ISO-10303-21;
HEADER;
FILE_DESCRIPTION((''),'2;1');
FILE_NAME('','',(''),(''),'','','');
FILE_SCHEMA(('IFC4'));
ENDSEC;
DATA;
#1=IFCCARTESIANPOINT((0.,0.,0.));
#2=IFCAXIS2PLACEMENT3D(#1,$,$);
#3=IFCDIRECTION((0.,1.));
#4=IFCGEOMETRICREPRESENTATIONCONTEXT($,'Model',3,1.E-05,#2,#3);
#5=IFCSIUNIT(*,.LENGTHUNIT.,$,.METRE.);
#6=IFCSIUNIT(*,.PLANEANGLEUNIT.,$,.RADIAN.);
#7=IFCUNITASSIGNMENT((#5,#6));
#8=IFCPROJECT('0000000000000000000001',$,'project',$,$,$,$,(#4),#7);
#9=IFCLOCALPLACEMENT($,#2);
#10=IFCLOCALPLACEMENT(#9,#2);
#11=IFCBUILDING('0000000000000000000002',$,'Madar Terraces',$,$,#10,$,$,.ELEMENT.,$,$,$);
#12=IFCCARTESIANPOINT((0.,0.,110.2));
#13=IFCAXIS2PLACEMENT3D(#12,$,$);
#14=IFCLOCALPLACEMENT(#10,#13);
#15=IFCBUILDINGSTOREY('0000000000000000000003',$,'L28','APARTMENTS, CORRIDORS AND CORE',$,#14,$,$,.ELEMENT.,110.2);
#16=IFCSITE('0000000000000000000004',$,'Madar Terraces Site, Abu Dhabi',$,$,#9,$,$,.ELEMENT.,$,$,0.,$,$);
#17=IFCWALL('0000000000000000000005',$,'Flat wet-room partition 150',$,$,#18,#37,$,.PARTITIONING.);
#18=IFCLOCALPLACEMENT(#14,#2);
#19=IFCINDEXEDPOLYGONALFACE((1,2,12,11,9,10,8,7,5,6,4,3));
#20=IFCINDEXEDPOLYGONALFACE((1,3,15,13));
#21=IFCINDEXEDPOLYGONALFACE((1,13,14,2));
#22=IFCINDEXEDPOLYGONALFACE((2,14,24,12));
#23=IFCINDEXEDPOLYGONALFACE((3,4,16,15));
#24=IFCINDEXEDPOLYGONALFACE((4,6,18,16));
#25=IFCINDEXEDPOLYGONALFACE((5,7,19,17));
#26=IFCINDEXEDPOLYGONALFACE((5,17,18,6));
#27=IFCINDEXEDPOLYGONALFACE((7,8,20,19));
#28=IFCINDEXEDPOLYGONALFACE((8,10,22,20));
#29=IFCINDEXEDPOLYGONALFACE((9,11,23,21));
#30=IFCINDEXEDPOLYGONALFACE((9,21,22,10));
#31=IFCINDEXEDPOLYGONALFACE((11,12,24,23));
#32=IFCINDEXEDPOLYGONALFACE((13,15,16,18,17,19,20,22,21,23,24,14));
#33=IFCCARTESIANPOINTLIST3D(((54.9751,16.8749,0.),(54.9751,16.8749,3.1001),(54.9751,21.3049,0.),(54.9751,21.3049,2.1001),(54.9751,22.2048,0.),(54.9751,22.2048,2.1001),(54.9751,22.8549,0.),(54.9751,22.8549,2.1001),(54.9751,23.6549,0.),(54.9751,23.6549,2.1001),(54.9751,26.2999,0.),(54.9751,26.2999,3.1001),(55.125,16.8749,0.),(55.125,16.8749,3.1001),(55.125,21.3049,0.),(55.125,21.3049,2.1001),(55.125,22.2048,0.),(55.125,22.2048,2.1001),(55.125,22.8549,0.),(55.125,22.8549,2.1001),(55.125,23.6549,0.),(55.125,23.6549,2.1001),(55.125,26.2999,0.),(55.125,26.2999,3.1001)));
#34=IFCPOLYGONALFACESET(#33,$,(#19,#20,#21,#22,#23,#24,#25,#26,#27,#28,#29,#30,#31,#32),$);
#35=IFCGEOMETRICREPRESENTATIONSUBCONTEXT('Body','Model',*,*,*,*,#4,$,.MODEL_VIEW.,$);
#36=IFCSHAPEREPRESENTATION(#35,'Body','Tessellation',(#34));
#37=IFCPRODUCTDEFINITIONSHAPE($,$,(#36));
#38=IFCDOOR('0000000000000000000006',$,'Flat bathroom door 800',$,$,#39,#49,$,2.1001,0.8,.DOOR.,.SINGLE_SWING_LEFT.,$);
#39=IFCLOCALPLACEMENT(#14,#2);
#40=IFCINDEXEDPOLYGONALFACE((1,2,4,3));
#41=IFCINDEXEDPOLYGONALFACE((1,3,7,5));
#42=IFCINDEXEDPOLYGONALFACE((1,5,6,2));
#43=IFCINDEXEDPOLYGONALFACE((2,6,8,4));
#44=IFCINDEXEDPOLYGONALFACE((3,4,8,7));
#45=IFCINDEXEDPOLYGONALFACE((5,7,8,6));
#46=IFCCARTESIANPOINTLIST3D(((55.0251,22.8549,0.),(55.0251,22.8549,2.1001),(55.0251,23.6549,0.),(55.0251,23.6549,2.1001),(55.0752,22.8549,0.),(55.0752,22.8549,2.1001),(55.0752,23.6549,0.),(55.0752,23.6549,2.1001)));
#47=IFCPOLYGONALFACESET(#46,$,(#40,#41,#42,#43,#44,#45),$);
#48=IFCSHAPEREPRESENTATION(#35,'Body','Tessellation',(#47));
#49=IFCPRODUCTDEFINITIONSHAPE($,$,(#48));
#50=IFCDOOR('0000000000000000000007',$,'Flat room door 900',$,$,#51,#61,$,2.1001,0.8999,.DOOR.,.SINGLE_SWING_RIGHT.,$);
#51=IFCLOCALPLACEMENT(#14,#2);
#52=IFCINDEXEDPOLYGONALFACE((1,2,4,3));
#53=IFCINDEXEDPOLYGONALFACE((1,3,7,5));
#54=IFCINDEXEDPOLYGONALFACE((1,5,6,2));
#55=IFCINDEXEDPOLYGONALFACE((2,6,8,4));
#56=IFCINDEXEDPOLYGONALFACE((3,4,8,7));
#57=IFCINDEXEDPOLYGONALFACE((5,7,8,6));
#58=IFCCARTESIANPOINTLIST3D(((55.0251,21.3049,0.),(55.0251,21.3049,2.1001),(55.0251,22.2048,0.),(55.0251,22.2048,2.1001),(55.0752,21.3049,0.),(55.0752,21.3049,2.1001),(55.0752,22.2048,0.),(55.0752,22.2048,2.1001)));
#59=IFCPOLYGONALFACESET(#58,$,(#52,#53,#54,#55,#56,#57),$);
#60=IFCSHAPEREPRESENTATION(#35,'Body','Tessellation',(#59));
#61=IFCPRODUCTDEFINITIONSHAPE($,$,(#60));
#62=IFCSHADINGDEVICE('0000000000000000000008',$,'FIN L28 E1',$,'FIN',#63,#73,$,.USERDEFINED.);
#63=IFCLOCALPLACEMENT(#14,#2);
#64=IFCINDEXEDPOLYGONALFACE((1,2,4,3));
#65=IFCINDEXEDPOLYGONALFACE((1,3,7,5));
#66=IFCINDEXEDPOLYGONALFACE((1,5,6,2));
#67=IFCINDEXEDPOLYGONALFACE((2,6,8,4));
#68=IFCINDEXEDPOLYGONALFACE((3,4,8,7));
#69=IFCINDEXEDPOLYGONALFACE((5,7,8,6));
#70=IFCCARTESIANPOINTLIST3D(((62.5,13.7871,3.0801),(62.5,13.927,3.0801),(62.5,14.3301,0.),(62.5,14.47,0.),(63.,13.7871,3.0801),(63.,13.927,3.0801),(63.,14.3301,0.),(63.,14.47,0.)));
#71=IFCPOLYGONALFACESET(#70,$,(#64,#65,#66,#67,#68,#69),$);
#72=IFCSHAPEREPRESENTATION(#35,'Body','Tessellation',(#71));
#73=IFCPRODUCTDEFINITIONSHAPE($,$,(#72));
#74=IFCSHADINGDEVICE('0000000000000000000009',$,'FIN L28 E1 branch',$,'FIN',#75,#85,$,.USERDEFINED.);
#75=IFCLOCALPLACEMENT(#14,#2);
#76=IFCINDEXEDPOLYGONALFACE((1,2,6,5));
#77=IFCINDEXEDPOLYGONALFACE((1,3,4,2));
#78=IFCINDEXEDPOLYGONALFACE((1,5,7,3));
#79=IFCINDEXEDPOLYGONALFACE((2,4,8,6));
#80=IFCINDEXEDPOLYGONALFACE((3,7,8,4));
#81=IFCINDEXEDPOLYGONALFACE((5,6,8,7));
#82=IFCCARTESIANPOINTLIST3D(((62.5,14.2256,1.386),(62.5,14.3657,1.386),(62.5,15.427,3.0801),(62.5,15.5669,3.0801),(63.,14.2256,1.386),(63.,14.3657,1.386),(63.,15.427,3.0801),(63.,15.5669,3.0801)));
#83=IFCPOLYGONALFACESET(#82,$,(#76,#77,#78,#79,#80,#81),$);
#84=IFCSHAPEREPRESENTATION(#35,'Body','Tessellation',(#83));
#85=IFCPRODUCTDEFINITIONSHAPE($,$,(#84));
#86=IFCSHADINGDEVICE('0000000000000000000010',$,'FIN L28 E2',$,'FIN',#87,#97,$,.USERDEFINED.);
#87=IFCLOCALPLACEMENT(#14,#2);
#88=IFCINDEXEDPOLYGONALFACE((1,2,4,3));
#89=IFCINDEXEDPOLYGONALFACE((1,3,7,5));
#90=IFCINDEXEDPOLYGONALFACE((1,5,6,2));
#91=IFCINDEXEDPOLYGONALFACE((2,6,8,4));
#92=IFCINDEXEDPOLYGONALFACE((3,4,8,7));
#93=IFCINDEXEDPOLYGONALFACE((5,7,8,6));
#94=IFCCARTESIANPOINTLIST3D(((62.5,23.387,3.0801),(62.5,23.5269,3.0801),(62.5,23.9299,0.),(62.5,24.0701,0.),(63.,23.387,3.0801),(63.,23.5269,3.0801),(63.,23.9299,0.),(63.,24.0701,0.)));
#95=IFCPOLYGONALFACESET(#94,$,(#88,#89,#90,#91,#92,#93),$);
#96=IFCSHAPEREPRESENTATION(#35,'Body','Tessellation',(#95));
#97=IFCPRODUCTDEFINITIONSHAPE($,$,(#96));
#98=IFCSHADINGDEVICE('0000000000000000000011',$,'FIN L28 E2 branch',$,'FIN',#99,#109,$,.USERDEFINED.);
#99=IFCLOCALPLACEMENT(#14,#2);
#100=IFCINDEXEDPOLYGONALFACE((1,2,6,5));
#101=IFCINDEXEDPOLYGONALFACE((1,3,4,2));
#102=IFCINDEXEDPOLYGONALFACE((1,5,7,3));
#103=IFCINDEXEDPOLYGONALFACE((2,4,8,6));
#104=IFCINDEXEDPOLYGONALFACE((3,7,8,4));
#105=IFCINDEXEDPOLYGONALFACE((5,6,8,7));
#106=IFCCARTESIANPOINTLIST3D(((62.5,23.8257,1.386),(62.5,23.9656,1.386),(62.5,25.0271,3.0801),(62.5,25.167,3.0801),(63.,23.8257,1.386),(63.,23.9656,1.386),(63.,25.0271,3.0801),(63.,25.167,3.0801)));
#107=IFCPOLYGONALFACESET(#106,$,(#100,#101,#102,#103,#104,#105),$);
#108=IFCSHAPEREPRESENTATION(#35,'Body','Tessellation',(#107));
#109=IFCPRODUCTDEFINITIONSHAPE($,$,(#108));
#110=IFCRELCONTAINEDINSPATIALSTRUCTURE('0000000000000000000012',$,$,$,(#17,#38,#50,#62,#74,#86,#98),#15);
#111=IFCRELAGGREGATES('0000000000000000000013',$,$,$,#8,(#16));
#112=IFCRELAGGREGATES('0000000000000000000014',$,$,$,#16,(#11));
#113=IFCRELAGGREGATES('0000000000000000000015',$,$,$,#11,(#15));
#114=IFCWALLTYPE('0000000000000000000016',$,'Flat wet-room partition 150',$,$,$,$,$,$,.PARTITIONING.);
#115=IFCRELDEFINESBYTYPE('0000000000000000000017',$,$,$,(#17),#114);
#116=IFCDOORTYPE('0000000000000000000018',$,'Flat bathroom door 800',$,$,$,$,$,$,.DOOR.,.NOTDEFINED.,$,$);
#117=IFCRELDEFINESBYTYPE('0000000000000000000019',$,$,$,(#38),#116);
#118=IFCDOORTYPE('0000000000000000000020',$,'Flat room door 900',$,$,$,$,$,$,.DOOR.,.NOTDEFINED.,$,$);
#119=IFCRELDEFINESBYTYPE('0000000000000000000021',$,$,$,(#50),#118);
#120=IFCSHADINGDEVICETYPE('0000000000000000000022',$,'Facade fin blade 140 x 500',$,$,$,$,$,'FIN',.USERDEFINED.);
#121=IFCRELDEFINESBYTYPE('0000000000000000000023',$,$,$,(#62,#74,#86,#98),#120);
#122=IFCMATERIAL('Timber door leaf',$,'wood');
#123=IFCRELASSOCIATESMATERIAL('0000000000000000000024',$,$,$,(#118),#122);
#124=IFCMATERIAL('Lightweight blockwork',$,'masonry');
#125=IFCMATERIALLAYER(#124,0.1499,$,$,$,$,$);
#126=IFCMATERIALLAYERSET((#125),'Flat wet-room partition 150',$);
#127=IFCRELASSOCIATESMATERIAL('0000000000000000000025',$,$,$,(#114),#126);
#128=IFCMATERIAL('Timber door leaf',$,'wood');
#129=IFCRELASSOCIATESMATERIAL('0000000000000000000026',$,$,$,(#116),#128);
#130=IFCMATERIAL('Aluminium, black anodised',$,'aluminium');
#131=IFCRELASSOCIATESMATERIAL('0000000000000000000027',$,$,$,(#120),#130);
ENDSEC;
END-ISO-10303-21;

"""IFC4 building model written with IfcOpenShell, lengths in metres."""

from ifc_helpers import new_model, si_unit, direction, frame, frame_2d, origin, place, context, subcontext, project, spatial, polyline, rectangle, outline, extrude, material, layer, layer_set, type_object, element, fill, save


model = new_model("IFC4")

# Units and contexts
model_context = context("Model", 3, precision=1e-05, world=origin(), true_north=direction((0.0, 1.0)))
body_context = subcontext(model_context, "Body", "Model", "MODEL_VIEW")
ifc_project = project(units=[si_unit("LENGTHUNIT", "METRE"), si_unit("PLANEANGLEUNIT", "RADIAN")], contexts=[model_context])

# Site, building, storey
site_placement = place(None, origin())
site = spatial("IfcSite", under=ifc_project, at=site_placement, Name="Madar Terraces Site, Abu Dhabi", CompositionType="ELEMENT", RefElevation=0.0)
building_placement = place(site_placement, origin())
building = spatial("IfcBuilding", under=site, at=building_placement, Name="Madar Terraces", CompositionType="ELEMENT")
storey_placement = place(building_placement, frame((0.0, 0.0, 110.2)))
storey = spatial("IfcBuildingStorey", under=building, at=storey_placement, Name="L28", Description="APARTMENTS, CORRIDORS AND CORE", CompositionType="ELEMENT", Elevation=110.2)

# Shared definitions
ifc_material_1 = material(Name="Timber door leaf", Category="wood")
door_type_1 = type_object("IfcDoorType", Name="Flat room door 900", OperationType="NOTDEFINED", PredefinedType="DOOR", material=ifc_material_1)

# Shared definitions
ifc_material_2 = material(Name="Lightweight blockwork", Category="masonry")
ifc_layer_1 = layer(ifc_material_2, 0.1499)
ifc_layer_set_1 = layer_set([ifc_layer_1], Name="Flat wet-room partition 150")
wall_type_1 = type_object("IfcWallType", Name="Flat wet-room partition 150", PredefinedType="PARTITIONING", material=ifc_layer_set_1)

# Wall, openings, doors
wall_1_placement = place(storey_placement, frame((55.05, 16.875, 0.0), z_axis=(0.0, 0.0, 1.0), x_axis=(0.0, 1.0, 0.0)))
wall_1 = element("IfcWall", 1, at=wall_1_placement, inside=storey, type_object=wall_type_1, Name="Flat wet-room partition 150", PredefinedType="PARTITIONING", context=body_context, shape_type="SweptSolid", body=[
    extrude(rectangle(XDim=9.425, YDim=0.1499, at=frame_2d((4.7124, 0.0))), origin(), (0.0, 0.0, 1.0), 3.1001),
])
opening_1_placement = place(wall_1_placement, frame((4.4299, 0.0, 0.0)))
opening_1 = element("IfcOpeningElement", 2, at=opening_1_placement, cuts=wall_1, PredefinedType="OPENING", context=body_context, shape_type="SweptSolid", body=[
    extrude(rectangle(XDim=0.8999, YDim=2.1001, at=frame_2d((0.45, 1.05))), frame((0.0, 0.085, 0.0), z_axis=(0.0, -1.0, 0.0), x_axis=(1.0, 0.0, 0.0)), (0.0, 0.0, 1.0), 0.1699),
])
opening_2_placement = place(wall_1_placement, frame((5.98, 0.0, 0.0)))
opening_2 = element("IfcOpeningElement", 3, at=opening_2_placement, cuts=wall_1, PredefinedType="OPENING", context=body_context, shape_type="SweptSolid", body=[
    extrude(rectangle(XDim=0.8, YDim=2.1001, at=frame_2d((0.3999, 1.05))), frame((0.0, 0.085, 0.0), z_axis=(0.0, -1.0, 0.0), x_axis=(1.0, 0.0, 0.0)), (0.0, 0.0, 1.0), 0.1699),
])
ifc_material_3 = material(Name="Timber door leaf", Category="wood")
door_type_2 = type_object("IfcDoorType", Name="Flat bathroom door 800", OperationType="NOTDEFINED", PredefinedType="DOOR", material=ifc_material_3)
door_1_placement = place(opening_2_placement, origin())
door_1 = element("IfcDoor", 4, at=door_1_placement, inside=storey, type_object=door_type_2, Name="Flat bathroom door 800", OperationType="SINGLE_SWING_LEFT", OverallHeight=2.1001, OverallWidth=0.8, PredefinedType="DOOR", context=body_context, shape_type="SweptSolid", body=[
    extrude(rectangle(XDim=0.8, YDim=2.1001, at=frame_2d((0.3999, 1.05))), frame((0.0, 0.0249, 0.0), z_axis=(0.0, -1.0, 0.0), x_axis=(1.0, 0.0, 0.0)), (0.0, 0.0, 1.0), 0.05),
])
fill(opening_2, door_1)
door_2_placement = place(opening_1_placement, origin())
door_2 = element("IfcDoor", 5, at=door_2_placement, inside=storey, type_object=door_type_1, Name="Flat room door 900", OperationType="SINGLE_SWING_RIGHT", OverallHeight=2.1001, OverallWidth=0.8999, PredefinedType="DOOR", context=body_context, shape_type="SweptSolid", body=[
    extrude(rectangle(XDim=0.8999, YDim=2.1001, at=frame_2d((0.45, 1.05))), frame((0.0, 0.0249, 0.0), z_axis=(0.0, -1.0, 0.0), x_axis=(1.0, 0.0, 0.0)), (0.0, 0.0, 1.0), 0.05),
])
fill(opening_1, door_2)

# Shading devices
ifc_material_4 = material(Name="Aluminium, black anodised", Category="aluminium")
shading_device_type = type_object("IfcShadingDeviceType", Name="Facade fin blade 140 x 500", ElementType="FIN", PredefinedType="USERDEFINED", material=ifc_material_4)
shading_device_1_placement = place(storey_placement, frame((62.75, 14.3301, 0.0), z_axis=(0.0, 0.0, 1.0), x_axis=(0.0, 1.0, 0.0)))
element("IfcShadingDevice", 6, at=shading_device_1_placement, inside=storey, type_object=shading_device_type, Name="FIN L28 E1", ObjectType="FIN", PredefinedType="USERDEFINED", context=body_context, shape_type="SweptSolid", body=[
    extrude(outline(polyline([(0.0, 0.0), (0.1399, 0.0), (-0.4031, 3.0801), (-0.543, 3.0801), (0.0, 0.0)])), frame((0.0, 0.25, 0.0), z_axis=(0.0, -1.0, 0.0), x_axis=(1.0, 0.0, 0.0)), (0.0, 0.0, 1.0), 0.5),
])
shading_device_2_placement = place(storey_placement, frame((62.75, 14.2256, 1.386), z_axis=(0.0, 0.0, 1.0), x_axis=(0.0, 1.0, 0.0)))
element("IfcShadingDevice", 7, at=shading_device_2_placement, inside=storey, type_object=shading_device_type, Name="FIN L28 E1 branch", ObjectType="FIN", PredefinedType="USERDEFINED", context=body_context, shape_type="SweptSolid", body=[
    extrude(outline(polyline([(0.0, 0.0), (0.1401, 0.0), (1.3413, 1.6941), (1.2014, 1.6941), (0.0, 0.0)])), frame((0.0, 0.25, 0.0), z_axis=(0.0, -1.0, 0.0), x_axis=(1.0, 0.0, 0.0)), (0.0, 0.0, 1.0), 0.5),
])
shading_device_3_placement = place(storey_placement, frame((62.75, 23.9299, 0.0), z_axis=(0.0, 0.0, 1.0), x_axis=(0.0, 1.0, 0.0)))
element("IfcShadingDevice", 8, at=shading_device_3_placement, inside=storey, type_object=shading_device_type, Name="FIN L28 E2", ObjectType="FIN", PredefinedType="USERDEFINED", context=body_context, shape_type="SweptSolid", body=[
    extrude(outline(polyline([(0.0, 0.0), (0.1401, 0.0), (-0.4031, 3.0801), (-0.543, 3.0801), (0.0, 0.0)])), frame((0.0, 0.25, 0.0), z_axis=(0.0, -1.0, 0.0), x_axis=(1.0, 0.0, 0.0)), (0.0, 0.0, 1.0), 0.5),
])
shading_device_4_placement = place(storey_placement, frame((62.75, 23.8257, 1.386), z_axis=(0.0, 0.0, 1.0), x_axis=(0.0, 1.0, 0.0)))
element("IfcShadingDevice", 9, at=shading_device_4_placement, inside=storey, type_object=shading_device_type, Name="FIN L28 E2 branch", ObjectType="FIN", PredefinedType="USERDEFINED", context=body_context, shape_type="SweptSolid", body=[
    extrude(outline(polyline([(0.0, 0.0), (0.1399, 0.0), (1.3413, 1.6941), (1.2014, 1.6941), (0.0, 0.0)])), frame((0.0, 0.25, 0.0), z_axis=(0.0, -1.0, 0.0), x_axis=(1.0, 0.0, 0.0)), (0.0, 0.0, 1.0), 0.5),
])

save(model, "model.ifc")
